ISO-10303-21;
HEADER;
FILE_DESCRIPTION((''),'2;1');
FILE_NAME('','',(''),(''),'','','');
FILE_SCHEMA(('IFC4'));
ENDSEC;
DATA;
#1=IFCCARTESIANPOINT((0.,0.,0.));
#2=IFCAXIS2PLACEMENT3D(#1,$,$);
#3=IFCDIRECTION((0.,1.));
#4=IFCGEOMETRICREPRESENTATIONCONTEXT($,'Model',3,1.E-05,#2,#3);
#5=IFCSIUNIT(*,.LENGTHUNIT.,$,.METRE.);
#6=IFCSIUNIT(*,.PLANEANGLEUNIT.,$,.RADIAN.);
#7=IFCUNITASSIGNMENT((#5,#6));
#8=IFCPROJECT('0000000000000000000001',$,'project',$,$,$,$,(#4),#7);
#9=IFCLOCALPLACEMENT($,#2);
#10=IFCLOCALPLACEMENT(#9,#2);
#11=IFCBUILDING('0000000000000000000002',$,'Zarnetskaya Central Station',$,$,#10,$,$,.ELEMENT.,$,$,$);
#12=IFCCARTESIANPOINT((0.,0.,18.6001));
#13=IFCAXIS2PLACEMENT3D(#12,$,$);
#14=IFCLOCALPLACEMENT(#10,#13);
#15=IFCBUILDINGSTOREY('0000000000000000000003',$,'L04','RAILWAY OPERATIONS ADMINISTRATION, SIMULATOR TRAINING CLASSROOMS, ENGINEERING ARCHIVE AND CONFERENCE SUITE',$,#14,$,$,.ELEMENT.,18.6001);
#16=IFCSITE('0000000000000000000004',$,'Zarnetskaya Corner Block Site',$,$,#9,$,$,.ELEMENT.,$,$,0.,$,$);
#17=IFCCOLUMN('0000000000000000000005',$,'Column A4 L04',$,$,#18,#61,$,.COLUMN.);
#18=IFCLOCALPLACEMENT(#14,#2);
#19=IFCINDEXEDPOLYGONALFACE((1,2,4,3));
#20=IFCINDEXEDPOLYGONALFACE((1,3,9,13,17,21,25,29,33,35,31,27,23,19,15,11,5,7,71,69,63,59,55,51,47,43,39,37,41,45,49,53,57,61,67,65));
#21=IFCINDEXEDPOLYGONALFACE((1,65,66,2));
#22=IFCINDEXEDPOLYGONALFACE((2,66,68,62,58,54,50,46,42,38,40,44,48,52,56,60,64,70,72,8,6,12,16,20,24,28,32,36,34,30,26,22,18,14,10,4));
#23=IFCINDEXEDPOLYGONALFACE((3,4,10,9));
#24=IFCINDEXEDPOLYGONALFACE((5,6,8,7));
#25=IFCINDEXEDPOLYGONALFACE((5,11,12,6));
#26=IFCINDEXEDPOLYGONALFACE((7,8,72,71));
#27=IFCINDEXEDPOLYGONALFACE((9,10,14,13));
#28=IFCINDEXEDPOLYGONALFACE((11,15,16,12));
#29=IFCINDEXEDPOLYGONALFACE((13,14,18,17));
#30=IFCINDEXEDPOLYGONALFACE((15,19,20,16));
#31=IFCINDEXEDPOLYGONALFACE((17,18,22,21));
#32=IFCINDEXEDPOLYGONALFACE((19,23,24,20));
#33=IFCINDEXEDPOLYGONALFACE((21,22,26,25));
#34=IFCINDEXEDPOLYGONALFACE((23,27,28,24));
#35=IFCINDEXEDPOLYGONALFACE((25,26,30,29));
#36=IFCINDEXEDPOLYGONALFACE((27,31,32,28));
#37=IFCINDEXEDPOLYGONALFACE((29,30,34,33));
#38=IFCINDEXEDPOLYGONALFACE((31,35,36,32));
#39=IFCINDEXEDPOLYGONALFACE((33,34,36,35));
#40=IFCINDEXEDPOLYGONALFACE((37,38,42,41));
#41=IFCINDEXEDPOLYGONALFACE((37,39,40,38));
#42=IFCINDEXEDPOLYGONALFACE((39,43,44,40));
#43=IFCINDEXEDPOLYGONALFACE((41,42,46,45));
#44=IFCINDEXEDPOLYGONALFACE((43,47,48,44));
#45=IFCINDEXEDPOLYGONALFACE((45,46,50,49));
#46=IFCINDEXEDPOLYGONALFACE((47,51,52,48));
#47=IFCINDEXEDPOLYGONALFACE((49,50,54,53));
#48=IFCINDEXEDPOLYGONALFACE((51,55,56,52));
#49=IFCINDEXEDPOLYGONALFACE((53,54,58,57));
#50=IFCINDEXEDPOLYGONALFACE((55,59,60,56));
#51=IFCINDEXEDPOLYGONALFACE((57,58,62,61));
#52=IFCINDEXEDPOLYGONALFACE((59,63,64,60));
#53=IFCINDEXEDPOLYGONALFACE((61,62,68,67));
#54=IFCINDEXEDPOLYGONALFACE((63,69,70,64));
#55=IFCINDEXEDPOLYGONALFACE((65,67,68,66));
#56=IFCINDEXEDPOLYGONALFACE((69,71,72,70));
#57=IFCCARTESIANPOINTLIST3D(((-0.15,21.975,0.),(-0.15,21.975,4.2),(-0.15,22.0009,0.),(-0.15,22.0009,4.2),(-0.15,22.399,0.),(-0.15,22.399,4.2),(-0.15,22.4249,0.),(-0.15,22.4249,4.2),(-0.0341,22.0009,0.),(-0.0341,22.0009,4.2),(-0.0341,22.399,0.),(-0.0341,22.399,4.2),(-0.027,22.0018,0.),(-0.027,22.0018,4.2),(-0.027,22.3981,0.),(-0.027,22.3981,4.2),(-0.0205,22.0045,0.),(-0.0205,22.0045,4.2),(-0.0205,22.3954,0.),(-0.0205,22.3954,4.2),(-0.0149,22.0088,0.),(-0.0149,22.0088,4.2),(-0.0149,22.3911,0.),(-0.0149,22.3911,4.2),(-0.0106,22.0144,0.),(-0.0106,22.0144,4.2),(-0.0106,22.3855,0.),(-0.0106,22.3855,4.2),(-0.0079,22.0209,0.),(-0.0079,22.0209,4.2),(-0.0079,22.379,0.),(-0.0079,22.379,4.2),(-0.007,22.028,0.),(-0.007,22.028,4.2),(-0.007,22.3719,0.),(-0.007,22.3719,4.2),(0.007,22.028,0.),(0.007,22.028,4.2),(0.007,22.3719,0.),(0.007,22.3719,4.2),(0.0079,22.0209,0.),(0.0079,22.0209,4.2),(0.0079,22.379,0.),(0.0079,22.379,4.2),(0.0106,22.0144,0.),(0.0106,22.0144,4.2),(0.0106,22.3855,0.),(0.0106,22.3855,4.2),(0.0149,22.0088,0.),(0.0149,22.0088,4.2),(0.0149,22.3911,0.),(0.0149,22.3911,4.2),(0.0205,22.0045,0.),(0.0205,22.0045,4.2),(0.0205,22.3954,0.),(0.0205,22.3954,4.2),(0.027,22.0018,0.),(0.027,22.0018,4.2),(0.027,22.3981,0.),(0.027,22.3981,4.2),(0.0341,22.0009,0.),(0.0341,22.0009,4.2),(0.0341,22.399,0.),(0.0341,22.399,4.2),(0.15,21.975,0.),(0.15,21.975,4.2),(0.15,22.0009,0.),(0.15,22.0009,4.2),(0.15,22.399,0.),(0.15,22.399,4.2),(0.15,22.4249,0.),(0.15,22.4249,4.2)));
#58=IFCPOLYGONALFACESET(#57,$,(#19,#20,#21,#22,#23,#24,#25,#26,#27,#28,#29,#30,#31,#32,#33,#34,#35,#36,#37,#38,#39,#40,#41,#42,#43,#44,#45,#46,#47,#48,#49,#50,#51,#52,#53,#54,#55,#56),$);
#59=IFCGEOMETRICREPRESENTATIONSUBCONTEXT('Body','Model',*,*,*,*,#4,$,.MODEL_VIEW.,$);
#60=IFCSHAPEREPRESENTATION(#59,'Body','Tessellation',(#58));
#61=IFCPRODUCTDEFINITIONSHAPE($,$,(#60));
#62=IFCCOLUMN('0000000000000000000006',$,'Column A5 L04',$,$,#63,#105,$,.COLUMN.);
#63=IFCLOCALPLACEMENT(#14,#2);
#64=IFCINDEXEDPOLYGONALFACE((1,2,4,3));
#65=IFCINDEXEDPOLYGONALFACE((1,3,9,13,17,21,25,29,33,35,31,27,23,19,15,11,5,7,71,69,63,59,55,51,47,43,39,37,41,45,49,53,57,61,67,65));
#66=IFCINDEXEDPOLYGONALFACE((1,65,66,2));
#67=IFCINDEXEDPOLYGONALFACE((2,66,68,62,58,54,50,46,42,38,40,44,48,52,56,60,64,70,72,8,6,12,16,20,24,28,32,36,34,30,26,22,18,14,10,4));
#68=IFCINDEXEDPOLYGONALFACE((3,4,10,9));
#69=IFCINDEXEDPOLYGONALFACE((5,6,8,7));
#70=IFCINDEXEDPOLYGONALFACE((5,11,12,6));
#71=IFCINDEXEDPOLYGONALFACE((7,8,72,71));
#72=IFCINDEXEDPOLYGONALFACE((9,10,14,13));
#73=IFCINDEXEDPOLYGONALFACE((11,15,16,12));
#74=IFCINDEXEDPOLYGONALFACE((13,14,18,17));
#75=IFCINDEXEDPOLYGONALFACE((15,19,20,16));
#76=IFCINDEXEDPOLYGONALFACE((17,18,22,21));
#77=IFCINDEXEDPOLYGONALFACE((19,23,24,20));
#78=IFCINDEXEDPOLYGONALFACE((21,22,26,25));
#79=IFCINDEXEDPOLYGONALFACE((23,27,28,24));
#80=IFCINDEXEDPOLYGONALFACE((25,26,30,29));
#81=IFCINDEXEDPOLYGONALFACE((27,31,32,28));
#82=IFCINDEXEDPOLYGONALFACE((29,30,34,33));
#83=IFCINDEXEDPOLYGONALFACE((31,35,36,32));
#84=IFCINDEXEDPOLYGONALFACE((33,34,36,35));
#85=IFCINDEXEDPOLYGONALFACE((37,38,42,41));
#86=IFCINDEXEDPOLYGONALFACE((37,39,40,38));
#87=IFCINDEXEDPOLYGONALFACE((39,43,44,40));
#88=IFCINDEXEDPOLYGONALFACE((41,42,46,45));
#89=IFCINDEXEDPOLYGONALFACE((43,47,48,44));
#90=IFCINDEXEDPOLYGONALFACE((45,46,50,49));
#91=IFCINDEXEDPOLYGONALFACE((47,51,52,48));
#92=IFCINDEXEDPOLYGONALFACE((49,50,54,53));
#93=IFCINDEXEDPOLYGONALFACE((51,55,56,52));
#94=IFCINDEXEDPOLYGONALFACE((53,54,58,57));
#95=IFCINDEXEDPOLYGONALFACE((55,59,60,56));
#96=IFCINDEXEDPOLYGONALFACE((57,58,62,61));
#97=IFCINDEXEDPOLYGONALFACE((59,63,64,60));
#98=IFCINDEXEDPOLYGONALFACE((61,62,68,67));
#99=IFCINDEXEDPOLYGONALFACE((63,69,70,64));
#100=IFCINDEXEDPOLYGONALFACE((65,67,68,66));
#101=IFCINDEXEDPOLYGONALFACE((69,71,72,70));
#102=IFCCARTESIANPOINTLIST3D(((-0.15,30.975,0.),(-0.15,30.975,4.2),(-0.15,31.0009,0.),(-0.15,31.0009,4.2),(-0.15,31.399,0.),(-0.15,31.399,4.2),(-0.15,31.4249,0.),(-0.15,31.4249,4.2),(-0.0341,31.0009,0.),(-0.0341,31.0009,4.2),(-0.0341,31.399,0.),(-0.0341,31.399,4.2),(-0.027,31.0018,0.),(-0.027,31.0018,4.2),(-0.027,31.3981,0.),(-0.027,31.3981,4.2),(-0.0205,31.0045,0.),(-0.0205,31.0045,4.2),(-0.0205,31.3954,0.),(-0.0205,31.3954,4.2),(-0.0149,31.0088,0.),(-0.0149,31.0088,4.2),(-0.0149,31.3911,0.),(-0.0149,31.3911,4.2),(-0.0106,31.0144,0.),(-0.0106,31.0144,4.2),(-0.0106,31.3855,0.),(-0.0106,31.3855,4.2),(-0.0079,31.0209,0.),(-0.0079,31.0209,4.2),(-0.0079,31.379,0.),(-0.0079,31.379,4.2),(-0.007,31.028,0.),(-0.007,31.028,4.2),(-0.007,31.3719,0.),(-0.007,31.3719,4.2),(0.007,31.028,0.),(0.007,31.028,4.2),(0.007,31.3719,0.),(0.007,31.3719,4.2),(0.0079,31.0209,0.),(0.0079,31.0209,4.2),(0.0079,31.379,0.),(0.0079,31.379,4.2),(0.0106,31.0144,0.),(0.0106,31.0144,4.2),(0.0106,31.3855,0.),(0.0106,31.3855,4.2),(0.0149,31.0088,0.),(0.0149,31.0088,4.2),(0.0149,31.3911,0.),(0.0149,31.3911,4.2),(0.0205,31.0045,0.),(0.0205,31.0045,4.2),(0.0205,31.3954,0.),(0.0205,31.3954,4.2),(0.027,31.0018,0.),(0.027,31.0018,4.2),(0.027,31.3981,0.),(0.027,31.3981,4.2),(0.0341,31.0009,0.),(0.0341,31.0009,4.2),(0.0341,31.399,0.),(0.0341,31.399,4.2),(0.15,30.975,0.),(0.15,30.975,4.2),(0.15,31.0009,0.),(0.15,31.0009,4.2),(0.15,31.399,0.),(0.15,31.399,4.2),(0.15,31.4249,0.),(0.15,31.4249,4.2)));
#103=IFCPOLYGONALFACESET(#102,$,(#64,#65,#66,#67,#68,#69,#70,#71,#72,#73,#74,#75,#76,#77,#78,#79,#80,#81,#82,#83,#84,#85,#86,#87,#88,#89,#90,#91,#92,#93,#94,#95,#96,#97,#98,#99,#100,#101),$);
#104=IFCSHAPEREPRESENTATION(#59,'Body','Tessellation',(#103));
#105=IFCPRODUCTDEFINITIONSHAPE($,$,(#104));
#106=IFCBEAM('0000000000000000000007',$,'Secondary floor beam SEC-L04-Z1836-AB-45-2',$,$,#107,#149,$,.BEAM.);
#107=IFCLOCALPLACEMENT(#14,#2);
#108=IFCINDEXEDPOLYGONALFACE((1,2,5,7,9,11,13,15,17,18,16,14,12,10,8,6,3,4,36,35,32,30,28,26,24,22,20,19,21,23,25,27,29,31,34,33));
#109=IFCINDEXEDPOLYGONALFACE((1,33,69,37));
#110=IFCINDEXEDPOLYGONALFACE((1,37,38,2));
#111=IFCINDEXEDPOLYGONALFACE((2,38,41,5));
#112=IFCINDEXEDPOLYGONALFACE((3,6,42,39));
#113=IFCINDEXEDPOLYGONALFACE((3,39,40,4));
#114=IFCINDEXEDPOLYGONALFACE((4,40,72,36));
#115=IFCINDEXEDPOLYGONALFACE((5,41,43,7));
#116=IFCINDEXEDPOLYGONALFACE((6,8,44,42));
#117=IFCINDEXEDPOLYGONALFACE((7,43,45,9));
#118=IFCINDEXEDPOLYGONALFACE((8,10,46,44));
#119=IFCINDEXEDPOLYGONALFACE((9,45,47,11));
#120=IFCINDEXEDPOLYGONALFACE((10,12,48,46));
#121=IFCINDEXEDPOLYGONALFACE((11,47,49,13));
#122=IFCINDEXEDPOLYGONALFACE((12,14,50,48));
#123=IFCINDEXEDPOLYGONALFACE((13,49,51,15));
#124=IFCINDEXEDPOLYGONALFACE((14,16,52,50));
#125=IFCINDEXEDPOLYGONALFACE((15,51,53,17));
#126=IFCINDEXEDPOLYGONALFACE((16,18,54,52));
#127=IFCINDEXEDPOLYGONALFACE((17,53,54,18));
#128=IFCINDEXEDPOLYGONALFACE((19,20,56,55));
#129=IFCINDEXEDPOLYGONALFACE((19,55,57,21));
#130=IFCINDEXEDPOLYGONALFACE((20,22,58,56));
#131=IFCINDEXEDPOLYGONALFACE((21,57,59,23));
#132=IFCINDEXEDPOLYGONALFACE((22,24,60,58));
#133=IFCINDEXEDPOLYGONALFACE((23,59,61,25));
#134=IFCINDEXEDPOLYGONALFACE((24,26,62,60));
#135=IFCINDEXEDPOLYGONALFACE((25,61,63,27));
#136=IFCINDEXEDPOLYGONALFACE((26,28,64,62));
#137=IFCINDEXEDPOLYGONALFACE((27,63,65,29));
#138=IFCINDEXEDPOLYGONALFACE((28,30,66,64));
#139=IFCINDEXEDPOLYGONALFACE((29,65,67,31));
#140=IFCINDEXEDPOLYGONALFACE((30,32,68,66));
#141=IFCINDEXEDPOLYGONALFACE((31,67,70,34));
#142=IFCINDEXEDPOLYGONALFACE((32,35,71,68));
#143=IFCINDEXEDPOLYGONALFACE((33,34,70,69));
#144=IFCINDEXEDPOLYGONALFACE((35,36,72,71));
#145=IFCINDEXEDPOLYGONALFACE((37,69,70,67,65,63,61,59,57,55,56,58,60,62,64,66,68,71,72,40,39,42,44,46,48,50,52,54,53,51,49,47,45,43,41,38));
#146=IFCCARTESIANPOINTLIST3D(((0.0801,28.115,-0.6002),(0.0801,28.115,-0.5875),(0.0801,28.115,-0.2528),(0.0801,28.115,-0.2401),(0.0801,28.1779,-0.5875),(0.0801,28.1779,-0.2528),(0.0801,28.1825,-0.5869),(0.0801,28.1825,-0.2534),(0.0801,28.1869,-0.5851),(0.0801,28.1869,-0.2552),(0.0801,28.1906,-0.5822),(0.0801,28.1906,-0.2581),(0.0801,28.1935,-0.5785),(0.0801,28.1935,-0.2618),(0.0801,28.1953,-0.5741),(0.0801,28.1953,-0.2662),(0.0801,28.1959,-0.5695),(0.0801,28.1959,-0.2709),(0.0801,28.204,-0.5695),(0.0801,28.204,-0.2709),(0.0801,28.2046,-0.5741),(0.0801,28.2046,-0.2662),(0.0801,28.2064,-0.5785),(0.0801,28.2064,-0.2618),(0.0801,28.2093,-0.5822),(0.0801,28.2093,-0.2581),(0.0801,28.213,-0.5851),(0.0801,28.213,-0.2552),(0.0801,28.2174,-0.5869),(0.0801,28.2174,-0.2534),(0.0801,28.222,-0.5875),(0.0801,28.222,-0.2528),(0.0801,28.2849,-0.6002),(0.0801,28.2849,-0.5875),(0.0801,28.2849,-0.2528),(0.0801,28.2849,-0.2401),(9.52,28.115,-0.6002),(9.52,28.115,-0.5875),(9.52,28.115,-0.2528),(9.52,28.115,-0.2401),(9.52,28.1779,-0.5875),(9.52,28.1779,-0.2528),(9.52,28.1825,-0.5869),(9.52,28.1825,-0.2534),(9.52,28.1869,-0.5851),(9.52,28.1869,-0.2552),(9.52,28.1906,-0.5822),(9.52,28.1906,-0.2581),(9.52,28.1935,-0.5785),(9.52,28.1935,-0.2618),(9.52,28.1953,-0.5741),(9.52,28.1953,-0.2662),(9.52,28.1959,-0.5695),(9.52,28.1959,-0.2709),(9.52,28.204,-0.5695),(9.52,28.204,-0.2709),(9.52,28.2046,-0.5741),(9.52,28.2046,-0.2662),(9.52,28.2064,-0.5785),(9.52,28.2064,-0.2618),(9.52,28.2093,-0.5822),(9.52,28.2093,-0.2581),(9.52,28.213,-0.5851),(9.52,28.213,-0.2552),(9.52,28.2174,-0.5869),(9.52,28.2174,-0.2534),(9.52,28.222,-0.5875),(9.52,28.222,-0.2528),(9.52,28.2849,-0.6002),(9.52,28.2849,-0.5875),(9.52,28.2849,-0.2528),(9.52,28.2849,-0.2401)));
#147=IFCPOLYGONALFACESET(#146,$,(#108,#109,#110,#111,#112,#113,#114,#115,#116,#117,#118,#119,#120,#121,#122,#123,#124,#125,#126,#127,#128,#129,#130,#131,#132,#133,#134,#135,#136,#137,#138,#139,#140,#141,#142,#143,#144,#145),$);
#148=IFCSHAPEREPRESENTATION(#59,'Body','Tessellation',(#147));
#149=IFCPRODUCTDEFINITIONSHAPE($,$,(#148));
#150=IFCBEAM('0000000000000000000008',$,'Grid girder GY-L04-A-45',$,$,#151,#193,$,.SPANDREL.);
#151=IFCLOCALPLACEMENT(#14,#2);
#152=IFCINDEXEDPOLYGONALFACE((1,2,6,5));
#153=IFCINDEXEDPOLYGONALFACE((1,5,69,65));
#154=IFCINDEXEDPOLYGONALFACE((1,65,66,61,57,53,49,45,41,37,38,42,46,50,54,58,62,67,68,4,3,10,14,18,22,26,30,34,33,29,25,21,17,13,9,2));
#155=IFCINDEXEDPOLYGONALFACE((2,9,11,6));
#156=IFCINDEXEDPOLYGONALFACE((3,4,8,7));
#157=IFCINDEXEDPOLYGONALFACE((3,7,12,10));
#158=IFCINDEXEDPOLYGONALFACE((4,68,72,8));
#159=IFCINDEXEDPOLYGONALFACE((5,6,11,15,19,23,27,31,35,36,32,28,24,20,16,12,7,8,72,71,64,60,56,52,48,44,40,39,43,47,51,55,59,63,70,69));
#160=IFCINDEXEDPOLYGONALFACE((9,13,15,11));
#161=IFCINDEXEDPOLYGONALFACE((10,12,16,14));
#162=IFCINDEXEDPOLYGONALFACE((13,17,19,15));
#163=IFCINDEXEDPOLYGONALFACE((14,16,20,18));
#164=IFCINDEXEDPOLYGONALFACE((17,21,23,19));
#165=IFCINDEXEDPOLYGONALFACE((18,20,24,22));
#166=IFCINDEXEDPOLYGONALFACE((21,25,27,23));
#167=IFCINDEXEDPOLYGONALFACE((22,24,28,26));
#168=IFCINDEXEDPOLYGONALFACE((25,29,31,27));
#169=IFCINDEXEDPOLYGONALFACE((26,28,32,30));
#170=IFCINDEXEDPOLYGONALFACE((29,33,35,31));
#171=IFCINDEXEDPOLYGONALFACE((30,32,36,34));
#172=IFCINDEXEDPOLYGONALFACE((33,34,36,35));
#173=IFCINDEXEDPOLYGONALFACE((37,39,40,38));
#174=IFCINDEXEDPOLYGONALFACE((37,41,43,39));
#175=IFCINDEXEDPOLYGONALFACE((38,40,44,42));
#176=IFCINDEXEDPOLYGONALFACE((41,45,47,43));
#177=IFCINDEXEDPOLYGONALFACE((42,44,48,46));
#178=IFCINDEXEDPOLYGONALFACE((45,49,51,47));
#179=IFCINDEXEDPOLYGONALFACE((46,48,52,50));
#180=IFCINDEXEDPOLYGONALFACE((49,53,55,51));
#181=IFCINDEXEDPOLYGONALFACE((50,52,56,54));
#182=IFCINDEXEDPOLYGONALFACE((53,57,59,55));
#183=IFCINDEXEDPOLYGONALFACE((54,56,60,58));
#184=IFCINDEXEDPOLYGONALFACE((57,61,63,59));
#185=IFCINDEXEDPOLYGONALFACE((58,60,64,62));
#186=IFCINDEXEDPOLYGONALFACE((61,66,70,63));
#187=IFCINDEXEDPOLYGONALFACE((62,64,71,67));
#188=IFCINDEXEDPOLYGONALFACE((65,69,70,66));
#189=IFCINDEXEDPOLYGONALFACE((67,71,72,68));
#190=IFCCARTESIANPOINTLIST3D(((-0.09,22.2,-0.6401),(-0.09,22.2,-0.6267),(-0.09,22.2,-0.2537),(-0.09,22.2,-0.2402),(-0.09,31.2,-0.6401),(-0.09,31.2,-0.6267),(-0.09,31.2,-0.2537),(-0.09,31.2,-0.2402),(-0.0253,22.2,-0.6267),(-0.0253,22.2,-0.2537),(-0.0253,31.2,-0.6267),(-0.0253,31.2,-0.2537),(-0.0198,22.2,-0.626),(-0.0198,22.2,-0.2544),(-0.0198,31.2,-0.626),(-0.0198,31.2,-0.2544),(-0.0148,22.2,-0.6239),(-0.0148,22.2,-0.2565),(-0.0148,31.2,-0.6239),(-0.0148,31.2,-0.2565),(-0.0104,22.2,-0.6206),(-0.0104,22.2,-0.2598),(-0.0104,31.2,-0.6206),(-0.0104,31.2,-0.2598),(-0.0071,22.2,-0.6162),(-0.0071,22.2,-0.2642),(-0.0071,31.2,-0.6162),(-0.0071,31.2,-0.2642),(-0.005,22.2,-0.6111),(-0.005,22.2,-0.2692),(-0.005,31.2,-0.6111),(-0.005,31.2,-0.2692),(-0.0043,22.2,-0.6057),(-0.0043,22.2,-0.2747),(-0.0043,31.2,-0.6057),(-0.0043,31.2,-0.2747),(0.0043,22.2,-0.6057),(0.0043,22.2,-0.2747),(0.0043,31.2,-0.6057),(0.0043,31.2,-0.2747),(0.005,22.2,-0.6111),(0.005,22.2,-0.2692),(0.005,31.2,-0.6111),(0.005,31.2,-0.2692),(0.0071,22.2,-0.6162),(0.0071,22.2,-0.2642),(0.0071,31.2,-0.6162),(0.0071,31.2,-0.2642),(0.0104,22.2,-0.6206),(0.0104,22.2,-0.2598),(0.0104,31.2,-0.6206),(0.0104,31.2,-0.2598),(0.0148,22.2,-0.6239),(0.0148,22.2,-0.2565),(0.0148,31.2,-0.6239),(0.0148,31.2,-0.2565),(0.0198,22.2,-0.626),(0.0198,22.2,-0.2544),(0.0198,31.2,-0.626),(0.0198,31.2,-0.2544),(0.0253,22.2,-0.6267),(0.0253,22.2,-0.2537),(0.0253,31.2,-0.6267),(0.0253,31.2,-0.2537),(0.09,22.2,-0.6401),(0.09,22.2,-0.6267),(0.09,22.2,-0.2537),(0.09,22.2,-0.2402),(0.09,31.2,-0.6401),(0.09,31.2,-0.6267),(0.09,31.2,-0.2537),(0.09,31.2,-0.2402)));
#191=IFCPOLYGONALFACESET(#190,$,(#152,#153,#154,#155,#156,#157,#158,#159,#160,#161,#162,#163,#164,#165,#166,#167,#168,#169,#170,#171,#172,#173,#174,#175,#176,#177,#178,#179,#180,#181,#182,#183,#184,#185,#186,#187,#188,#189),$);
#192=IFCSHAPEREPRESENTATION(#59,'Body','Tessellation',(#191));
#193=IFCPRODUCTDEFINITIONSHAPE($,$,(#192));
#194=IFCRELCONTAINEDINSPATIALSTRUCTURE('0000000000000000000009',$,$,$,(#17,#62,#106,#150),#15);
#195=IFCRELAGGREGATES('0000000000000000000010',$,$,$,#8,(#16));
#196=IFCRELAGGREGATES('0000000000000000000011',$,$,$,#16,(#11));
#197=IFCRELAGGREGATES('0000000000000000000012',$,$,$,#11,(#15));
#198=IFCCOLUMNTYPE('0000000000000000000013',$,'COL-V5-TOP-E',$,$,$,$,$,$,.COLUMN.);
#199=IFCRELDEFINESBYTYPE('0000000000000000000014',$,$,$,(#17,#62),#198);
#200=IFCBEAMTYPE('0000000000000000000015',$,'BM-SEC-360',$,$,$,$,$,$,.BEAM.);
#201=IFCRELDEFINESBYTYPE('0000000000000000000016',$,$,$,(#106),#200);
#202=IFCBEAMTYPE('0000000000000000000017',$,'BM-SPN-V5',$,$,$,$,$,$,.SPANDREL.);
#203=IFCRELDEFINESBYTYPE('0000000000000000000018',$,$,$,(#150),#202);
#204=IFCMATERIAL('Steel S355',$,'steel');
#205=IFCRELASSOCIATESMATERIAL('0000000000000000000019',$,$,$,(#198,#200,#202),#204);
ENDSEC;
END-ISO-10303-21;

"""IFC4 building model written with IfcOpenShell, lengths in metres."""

from ifc_helpers import new_model, si_unit, direction, frame, origin, origin_2d, place, context, subcontext, project, spatial, i_section, extrude, material, material_profile, profile_set, type_object, element, save


model = new_model("IFC4")

# Units and contexts
model_context = context("Model", 3, precision=1e-05, world=origin(), true_north=direction((0.0, 1.0)))
body_context = subcontext(model_context, "Body", "Model", "MODEL_VIEW")
ifc_project = project(units=[si_unit("LENGTHUNIT", "METRE"), si_unit("PLANEANGLEUNIT", "RADIAN")], contexts=[model_context])

# Site, building, storey
site_placement = place(None, origin())
site = spatial("IfcSite", under=ifc_project, at=site_placement, Name="Zarnetskaya Corner Block Site", CompositionType="ELEMENT", RefElevation=0.0)
building_placement = place(site_placement, origin())
building = spatial("IfcBuilding", under=site, at=building_placement, Name="Zarnetskaya Central Station", CompositionType="ELEMENT")
storey_placement = place(building_placement, frame((0.0, 0.0, 18.6001)))
storey = spatial("IfcBuildingStorey", under=building, at=storey_placement, Name="L04", Description="RAILWAY OPERATIONS ADMINISTRATION, SIMULATOR TRAINING CLASSROOMS, ENGINEERING ARCHIVE AND CONFERENCE SUITE", CompositionType="ELEMENT", Elevation=18.6001)

# Columns
ifc_material_1 = material(Name="Steel S355", Category="steel")
ifc_material_profile_1 = material_profile(ifc_material_1, i_section(OverallWidth=0.3, OverallDepth=0.45, WebThickness=0.0139, FlangeThickness=0.0259, FilletRadius=0.0271, at=origin_2d()), Name="HEB 450")
ifc_profile_set_1 = profile_set([ifc_material_profile_1], Name="Steel S355")
column_type = type_object("IfcColumnType", Name="COL-V5-TOP-E", PredefinedType="COLUMN", material=ifc_profile_set_1)
for number, where, z_axis, x_axis, name in (
    (1, (0.0, 22.2, 0.0), (0.0, 0.0, 1.0), (1.0, 0.0, 0.0), "Column A4 L04"),
    (2, (0.0, 31.2, 0.0), (0.0, 0.0, 1.0), (1.0, 0.0, 0.0), "Column A5 L04"),
):
    element("IfcColumn", number, at=place(storey_placement, frame(where, z_axis=z_axis, x_axis=x_axis)), inside=storey, type_object=column_type, Name=name, PredefinedType="COLUMN", context=body_context, shape_type="SweptSolid", body=[
        extrude(i_section(OverallWidth=0.3, OverallDepth=0.45, WebThickness=0.0139, FlangeThickness=0.0259, FilletRadius=0.0271, at=origin_2d()), origin(), (0.0, 0.0, 1.0), 4.2),
    ])

# Beams
ifc_material_profile_2 = material_profile(ifc_material_1, i_section(OverallWidth=0.1699, OverallDepth=0.3601, WebThickness=0.0081, FlangeThickness=0.0127, FilletRadius=0.0181, at=origin_2d()), Name="IPE 360")
ifc_profile_set_2 = profile_set([ifc_material_profile_2], Name="Steel S355")
beam_type_1 = type_object("IfcBeamType", Name="BM-SEC-360", PredefinedType="BEAM", material=ifc_profile_set_2)
beam_placement = place(storey_placement, frame((0.0801, 28.2, -0.4202), z_axis=(1.0, 0.0, 0.0), x_axis=(0.0, 1.0, 0.0)))
element("IfcBeam", 3, at=beam_placement, inside=storey, type_object=beam_type_1, Name="Secondary floor beam SEC-L04-Z1836-AB-45-2", PredefinedType="BEAM", context=body_context, shape_type="SweptSolid", body=[
    extrude(i_section(OverallWidth=0.1699, OverallDepth=0.3601, WebThickness=0.0081, FlangeThickness=0.0127, FilletRadius=0.0181, at=origin_2d()), origin(), (0.0, 0.0, 1.0), 9.4399),
])
ifc_material_profile_3 = material_profile(ifc_material_1, i_section(OverallWidth=0.1799, OverallDepth=0.3999, WebThickness=0.0085, FlangeThickness=0.0134, FilletRadius=0.021, at=origin_2d()), Name="IPE 400")
ifc_profile_set_3 = profile_set([ifc_material_profile_3], Name="Steel S355")
beam_type_2 = type_object("IfcBeamType", Name="BM-SPN-V5", PredefinedType="SPANDREL", material=ifc_profile_set_3)
for number, where, z_axis, x_axis, name in (
    (4, (0.0, 22.2, -0.4402), (0.0, 1.0, 0.0), (-1.0, 0.0, 0.0), "Grid girder GY-L04-A-45"),
):
    element("IfcBeam", number, at=place(storey_placement, frame(where, z_axis=z_axis, x_axis=x_axis)), inside=storey, type_object=beam_type_2, Name=name, PredefinedType="SPANDREL", context=body_context, shape_type="SweptSolid", body=[
        extrude(i_section(OverallWidth=0.1799, OverallDepth=0.3999, WebThickness=0.0085, FlangeThickness=0.0134, FilletRadius=0.021, at=origin_2d()), origin(), (0.0, 0.0, 1.0), 9.0),
    ])

save(model, "model.ifc")
